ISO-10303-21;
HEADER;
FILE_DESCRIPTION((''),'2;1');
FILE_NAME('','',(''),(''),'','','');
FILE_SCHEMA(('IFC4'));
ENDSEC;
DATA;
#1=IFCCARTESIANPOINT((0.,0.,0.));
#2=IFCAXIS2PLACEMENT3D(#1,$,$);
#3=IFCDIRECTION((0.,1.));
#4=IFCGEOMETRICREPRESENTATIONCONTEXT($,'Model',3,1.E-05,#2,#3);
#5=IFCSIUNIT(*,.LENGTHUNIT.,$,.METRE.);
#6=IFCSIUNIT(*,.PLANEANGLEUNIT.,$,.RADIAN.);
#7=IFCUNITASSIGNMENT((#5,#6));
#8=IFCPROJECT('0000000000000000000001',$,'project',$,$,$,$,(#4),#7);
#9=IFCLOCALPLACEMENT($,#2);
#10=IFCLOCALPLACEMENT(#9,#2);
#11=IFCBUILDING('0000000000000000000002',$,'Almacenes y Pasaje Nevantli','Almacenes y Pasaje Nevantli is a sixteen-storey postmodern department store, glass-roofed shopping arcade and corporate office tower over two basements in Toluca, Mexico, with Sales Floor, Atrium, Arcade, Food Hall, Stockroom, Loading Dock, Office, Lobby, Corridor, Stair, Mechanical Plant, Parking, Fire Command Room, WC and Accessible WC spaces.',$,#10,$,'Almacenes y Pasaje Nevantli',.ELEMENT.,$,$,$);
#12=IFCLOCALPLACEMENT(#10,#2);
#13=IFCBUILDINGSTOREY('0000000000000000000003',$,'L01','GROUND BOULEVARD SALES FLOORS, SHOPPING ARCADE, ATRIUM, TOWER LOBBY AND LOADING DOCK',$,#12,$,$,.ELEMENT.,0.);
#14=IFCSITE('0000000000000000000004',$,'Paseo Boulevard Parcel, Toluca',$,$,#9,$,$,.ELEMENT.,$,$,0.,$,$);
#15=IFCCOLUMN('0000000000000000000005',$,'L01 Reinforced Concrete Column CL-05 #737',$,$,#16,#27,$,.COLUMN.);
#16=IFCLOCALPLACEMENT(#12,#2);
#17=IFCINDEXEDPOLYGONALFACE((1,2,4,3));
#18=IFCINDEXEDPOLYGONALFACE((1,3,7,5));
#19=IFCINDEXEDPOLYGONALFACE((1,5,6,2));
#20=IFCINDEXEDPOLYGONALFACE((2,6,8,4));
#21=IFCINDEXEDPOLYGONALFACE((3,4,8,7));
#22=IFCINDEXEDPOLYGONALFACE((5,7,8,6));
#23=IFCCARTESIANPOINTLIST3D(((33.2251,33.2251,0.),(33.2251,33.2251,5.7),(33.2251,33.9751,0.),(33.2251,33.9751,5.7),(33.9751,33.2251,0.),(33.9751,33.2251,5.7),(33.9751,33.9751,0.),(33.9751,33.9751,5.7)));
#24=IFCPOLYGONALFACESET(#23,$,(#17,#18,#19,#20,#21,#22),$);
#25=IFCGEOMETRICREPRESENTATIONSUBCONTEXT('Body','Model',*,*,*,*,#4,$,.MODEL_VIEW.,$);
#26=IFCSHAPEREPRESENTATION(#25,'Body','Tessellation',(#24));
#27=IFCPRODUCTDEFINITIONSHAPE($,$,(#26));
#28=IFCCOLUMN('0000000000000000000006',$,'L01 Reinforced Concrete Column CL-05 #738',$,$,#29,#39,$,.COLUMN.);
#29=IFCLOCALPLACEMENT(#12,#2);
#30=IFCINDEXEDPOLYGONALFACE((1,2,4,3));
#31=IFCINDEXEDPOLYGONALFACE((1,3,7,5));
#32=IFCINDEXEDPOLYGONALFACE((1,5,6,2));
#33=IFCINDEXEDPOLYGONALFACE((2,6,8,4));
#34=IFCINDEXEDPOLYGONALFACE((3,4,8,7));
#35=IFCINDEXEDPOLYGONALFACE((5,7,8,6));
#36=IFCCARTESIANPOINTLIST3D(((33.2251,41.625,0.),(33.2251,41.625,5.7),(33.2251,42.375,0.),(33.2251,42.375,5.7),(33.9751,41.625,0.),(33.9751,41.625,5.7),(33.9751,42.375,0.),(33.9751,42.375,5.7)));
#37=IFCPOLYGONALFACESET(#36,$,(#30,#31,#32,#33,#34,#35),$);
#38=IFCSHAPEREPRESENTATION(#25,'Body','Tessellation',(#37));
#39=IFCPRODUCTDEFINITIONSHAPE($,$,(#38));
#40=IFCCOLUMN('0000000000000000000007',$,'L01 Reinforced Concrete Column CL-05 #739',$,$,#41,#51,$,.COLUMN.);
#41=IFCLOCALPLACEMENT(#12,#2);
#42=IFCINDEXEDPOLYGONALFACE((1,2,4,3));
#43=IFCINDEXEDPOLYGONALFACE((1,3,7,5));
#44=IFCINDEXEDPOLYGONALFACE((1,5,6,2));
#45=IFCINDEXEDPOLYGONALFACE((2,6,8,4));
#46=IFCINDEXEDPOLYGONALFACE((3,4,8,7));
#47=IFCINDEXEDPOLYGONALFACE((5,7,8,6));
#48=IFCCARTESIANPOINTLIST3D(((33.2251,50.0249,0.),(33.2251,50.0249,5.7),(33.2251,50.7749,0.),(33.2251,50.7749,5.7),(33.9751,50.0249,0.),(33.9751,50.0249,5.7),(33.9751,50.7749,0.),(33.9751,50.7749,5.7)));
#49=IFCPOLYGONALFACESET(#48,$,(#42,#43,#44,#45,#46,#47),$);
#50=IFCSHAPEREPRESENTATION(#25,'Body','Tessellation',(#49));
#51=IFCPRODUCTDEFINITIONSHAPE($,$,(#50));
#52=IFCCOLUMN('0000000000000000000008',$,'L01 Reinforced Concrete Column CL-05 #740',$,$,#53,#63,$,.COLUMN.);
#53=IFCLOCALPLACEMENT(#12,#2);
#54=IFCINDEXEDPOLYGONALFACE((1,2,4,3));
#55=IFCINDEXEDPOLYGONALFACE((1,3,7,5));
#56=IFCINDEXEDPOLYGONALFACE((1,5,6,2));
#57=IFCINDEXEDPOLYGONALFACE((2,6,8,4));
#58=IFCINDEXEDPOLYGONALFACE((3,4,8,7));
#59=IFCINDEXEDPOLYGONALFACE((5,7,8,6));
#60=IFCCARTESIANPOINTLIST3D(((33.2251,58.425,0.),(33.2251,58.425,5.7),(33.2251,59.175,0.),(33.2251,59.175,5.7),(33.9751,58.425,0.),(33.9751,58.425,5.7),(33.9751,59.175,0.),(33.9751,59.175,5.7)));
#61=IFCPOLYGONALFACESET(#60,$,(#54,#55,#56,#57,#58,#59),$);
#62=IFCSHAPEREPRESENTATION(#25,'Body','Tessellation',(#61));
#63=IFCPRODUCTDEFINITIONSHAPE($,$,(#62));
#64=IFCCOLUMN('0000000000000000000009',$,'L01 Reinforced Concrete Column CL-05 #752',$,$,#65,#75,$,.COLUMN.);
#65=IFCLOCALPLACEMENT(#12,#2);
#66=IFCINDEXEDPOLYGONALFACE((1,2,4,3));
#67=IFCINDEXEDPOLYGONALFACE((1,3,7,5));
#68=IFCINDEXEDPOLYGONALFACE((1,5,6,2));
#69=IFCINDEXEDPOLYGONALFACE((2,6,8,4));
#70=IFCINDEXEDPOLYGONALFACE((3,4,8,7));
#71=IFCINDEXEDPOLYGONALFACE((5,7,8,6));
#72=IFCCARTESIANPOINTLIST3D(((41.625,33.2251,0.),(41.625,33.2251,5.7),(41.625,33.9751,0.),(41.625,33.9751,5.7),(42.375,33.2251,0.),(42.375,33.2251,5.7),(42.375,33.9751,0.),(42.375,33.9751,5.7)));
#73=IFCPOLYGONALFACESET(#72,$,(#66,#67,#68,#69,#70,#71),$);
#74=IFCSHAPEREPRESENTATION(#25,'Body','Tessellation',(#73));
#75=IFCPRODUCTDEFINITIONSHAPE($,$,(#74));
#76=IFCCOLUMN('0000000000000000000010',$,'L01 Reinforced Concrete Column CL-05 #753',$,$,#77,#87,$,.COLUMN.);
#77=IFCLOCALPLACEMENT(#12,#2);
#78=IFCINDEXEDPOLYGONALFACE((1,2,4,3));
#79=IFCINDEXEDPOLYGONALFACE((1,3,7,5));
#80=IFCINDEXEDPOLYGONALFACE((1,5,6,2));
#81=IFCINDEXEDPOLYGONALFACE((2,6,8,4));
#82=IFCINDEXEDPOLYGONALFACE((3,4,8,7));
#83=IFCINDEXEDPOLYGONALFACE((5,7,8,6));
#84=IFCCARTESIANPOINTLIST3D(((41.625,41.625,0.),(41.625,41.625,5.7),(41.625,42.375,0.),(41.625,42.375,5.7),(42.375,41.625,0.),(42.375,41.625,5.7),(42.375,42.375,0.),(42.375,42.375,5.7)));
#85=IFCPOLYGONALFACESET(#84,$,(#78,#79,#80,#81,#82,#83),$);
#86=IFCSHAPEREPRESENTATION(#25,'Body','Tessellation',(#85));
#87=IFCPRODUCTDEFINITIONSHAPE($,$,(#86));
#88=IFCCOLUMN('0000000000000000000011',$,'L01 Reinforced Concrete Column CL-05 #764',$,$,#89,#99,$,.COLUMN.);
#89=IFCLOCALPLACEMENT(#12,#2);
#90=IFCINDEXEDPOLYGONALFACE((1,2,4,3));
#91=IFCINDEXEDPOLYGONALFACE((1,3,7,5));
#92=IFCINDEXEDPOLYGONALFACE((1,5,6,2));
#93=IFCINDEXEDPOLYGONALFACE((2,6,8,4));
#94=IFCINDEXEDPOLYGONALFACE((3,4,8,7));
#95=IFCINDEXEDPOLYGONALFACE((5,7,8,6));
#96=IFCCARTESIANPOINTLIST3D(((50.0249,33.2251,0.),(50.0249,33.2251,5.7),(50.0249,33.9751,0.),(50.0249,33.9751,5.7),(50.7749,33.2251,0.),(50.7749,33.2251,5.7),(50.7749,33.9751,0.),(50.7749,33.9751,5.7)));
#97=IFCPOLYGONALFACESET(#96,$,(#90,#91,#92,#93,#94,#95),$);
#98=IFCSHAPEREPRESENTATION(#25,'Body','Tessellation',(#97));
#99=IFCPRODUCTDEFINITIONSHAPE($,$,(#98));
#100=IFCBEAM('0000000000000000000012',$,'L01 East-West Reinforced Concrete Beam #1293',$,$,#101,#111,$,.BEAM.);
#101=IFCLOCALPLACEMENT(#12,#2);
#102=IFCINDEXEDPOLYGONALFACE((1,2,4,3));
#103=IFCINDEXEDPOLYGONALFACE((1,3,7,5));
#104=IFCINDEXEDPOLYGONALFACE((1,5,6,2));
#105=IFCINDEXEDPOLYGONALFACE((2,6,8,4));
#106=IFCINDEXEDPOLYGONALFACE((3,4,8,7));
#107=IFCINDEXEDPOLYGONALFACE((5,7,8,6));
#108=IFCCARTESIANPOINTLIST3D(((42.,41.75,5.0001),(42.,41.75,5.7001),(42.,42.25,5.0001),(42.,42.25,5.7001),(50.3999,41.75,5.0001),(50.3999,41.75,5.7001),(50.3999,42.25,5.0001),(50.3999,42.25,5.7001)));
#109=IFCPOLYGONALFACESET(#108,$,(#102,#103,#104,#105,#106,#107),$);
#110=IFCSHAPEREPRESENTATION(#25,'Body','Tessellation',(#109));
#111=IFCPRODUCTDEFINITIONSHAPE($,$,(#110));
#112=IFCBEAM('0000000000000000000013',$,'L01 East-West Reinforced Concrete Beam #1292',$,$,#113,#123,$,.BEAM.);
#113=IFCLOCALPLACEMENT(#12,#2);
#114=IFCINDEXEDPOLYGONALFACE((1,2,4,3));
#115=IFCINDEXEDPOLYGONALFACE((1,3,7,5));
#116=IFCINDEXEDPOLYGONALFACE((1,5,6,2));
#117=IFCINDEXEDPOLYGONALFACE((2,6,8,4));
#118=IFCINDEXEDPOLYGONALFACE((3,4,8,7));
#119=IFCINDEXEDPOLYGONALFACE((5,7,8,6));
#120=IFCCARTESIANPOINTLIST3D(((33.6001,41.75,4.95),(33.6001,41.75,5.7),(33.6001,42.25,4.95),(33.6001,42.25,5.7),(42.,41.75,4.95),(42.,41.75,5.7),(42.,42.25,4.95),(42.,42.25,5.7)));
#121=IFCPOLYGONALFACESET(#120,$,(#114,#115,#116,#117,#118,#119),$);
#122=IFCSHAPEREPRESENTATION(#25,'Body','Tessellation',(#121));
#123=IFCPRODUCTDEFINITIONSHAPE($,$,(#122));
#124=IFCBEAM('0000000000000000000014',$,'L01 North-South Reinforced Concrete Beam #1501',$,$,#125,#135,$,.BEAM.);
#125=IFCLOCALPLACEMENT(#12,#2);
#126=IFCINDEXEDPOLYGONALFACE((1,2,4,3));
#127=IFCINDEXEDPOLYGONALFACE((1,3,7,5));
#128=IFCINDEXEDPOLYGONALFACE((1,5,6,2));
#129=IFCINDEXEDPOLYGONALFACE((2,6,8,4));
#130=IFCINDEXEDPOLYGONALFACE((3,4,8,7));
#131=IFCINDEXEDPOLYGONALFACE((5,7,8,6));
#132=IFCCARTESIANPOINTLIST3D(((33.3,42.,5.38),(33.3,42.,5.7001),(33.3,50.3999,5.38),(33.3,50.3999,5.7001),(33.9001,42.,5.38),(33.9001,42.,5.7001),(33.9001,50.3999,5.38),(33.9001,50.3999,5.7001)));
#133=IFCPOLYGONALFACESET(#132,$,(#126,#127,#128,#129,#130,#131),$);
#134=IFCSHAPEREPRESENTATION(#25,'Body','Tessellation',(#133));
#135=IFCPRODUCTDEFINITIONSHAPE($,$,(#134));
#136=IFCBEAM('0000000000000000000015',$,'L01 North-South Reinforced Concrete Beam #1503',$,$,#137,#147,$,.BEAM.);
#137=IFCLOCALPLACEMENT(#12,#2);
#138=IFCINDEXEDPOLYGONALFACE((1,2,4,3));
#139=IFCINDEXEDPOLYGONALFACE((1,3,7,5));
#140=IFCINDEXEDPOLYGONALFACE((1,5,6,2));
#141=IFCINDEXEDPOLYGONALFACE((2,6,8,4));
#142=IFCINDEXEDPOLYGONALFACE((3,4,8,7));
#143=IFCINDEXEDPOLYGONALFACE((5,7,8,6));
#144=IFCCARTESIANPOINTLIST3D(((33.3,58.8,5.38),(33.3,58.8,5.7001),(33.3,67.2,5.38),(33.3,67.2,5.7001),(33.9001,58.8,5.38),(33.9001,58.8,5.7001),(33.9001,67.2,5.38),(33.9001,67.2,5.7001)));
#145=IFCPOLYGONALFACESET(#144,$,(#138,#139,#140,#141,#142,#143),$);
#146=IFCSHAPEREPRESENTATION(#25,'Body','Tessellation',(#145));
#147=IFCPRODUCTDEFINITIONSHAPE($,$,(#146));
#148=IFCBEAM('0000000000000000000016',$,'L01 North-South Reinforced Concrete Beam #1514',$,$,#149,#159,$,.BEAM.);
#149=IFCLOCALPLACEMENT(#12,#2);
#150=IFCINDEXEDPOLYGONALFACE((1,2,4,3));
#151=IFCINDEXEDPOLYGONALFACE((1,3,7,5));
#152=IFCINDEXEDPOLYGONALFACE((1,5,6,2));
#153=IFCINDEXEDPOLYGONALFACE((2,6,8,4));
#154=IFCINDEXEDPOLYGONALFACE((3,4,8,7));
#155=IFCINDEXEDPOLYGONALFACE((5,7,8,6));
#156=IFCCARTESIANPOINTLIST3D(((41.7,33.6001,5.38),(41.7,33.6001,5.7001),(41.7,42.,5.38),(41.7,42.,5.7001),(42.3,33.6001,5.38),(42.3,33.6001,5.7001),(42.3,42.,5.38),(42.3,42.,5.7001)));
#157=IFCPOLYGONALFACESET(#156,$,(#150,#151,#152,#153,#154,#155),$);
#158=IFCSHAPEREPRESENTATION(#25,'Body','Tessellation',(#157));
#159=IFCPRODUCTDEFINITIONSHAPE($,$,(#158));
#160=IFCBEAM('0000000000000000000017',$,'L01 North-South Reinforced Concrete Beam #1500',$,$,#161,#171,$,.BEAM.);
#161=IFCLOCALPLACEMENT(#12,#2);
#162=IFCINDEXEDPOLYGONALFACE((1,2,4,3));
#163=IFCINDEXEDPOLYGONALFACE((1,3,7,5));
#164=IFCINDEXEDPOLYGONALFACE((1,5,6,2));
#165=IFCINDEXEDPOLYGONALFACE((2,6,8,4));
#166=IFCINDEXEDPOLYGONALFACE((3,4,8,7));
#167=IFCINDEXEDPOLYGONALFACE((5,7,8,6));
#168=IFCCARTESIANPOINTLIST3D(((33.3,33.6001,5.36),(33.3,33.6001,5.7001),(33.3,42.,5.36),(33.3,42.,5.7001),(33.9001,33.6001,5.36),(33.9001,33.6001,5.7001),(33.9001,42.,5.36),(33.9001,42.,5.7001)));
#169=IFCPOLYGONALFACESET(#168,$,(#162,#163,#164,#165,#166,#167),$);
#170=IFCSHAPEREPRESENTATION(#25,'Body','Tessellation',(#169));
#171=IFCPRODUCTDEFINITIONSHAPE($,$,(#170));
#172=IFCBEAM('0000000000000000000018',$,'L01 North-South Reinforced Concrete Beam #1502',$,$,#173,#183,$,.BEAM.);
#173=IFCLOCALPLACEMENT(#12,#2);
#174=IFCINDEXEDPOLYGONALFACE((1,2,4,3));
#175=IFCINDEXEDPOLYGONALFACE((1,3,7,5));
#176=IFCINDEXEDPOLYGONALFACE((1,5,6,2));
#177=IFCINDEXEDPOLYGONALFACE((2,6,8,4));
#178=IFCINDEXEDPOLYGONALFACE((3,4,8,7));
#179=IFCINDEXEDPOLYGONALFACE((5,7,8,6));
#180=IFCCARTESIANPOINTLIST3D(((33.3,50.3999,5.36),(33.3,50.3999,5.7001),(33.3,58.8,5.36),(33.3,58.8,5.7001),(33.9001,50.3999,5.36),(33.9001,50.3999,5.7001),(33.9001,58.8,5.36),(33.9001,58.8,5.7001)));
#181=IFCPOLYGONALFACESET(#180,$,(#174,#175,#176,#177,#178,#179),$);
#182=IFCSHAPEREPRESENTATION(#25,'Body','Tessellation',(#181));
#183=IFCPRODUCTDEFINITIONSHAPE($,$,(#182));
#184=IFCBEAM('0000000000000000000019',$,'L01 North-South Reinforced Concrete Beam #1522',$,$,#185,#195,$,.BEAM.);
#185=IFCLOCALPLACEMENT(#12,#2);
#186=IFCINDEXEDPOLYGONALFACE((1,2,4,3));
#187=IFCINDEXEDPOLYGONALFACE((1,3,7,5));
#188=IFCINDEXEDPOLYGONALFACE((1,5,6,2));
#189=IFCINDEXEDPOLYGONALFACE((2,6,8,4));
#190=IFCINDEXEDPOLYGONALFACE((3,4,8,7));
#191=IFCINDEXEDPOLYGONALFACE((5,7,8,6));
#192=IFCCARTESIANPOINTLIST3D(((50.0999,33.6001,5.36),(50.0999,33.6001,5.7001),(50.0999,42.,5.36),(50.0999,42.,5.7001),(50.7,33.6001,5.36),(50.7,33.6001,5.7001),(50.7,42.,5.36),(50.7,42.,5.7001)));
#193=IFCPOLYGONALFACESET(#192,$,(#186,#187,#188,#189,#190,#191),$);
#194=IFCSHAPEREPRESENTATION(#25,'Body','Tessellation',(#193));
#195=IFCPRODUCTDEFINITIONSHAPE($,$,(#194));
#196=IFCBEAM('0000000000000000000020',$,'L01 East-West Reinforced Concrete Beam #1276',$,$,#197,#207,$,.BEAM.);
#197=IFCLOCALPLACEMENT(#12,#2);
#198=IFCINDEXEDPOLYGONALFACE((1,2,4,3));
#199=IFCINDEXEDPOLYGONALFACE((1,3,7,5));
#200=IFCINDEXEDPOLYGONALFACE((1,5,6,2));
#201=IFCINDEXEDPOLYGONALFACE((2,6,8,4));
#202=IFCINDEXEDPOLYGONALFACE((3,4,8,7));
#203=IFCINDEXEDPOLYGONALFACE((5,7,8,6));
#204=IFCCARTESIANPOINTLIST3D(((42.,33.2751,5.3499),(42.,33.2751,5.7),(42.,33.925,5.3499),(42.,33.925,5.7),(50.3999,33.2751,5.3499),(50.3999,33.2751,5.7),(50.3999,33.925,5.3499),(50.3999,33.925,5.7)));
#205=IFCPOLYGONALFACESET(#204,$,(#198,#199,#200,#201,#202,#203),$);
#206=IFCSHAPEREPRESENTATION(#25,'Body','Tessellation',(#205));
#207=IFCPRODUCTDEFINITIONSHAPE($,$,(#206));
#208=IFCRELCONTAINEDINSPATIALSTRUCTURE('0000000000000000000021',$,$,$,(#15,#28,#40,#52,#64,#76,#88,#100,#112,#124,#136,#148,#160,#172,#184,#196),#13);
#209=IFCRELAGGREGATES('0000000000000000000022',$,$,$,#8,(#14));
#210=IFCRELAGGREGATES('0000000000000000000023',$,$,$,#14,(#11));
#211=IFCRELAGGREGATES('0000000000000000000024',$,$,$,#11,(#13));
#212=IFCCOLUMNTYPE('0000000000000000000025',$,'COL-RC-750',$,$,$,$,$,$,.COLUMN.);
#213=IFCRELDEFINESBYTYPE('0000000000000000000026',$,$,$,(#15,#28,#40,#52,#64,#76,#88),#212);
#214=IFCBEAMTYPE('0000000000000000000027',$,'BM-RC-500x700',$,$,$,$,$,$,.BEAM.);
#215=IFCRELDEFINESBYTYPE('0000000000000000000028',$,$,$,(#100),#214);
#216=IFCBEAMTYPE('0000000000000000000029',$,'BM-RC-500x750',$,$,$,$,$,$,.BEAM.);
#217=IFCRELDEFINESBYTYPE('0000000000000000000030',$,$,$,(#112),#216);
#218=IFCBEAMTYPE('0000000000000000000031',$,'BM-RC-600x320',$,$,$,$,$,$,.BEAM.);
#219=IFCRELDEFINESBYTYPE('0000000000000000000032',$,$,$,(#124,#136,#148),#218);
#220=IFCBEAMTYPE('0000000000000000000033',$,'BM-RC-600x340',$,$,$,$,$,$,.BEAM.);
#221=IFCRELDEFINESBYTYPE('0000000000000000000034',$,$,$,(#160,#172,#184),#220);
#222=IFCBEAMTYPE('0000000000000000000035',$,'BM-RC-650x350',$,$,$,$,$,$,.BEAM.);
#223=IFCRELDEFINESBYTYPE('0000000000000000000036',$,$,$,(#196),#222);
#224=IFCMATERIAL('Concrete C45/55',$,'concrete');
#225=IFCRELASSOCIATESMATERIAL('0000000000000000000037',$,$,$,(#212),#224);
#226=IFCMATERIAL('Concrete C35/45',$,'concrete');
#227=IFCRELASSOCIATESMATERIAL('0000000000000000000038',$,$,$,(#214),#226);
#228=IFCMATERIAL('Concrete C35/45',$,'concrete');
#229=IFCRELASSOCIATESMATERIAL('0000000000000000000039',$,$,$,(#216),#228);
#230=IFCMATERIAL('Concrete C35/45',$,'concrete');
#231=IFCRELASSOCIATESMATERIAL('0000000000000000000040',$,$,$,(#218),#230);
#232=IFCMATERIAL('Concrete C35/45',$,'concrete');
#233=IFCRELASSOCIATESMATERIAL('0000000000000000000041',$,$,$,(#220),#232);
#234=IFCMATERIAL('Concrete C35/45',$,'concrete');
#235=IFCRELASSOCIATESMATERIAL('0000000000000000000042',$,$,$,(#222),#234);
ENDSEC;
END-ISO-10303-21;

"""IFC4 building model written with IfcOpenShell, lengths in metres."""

from ifc_helpers import new_model, si_unit, direction, frame, origin, origin_2d, place, context, subcontext, project, spatial, rectangle, extrude, material, material_profile, profile_set, type_object, element, save


model = new_model("IFC4")

# Units and contexts
model_context = context("Model", 3, precision=1e-05, world=origin(), true_north=direction((0.0, 1.0)))
body_context = subcontext(model_context, "Body", "Model", "MODEL_VIEW")
ifc_project = project(units=[si_unit("LENGTHUNIT", "METRE"), si_unit("PLANEANGLEUNIT", "RADIAN")], contexts=[model_context])

# Site, building, storey
site_placement = place(None, origin())
site = spatial("IfcSite", under=ifc_project, at=site_placement, Name="Paseo Boulevard Parcel, Toluca", CompositionType="ELEMENT", RefElevation=0.0)
building_placement = place(site_placement, origin())
building = spatial("IfcBuilding", under=site, at=building_placement, Name="Almacenes y Pasaje Nevantli", Description="Almacenes y Pasaje Nevantli is a sixteen-storey postmodern department store, glass-roofed shopping arcade and corporate office tower over two basements in Toluca, Mexico, with Sales Floor, Atrium, Arcade, Food Hall, Stockroom, Loading Dock, Office, Lobby, Corridor, Stair, Mechanical Plant, Parking, Fire Command Room, WC and Accessible WC spaces.", LongName="Almacenes y Pasaje Nevantli", CompositionType="ELEMENT")
storey_placement = place(building_placement, origin())
storey = spatial("IfcBuildingStorey", under=building, at=storey_placement, Name="L01", Description="GROUND BOULEVARD SALES FLOORS, SHOPPING ARCADE, ATRIUM, TOWER LOBBY AND LOADING DOCK", CompositionType="ELEMENT", Elevation=0.0)

# Columns
ifc_material_1 = material(Name="Concrete C45/55", Category="concrete")
ifc_material_profile_1 = material_profile(ifc_material_1, rectangle(XDim=0.75, YDim=0.75, at=origin_2d()), Name="RC-COL-750x750")
ifc_profile_set_1 = profile_set([ifc_material_profile_1], Name="Concrete C45/55")
column_type = type_object("IfcColumnType", Name="COL-RC-750", PredefinedType="COLUMN", material=ifc_profile_set_1)
for number, where, z_axis, x_axis, name in (
    (1, (33.6001, 33.6001, 0.0), (0.0, 0.0, 1.0), (1.0, 0.0, 0.0), "L01 Reinforced Concrete Column CL-05 #737"),
    (2, (33.6001, 42.0, 0.0), (0.0, 0.0, 1.0), (1.0, 0.0, 0.0), "L01 Reinforced Concrete Column CL-05 #738"),
    (3, (33.6001, 50.3999, 0.0), (0.0, 0.0, 1.0), (1.0, 0.0, 0.0), "L01 Reinforced Concrete Column CL-05 #739"),
    (4, (33.6001, 58.8, 0.0), (0.0, 0.0, 1.0), (1.0, 0.0, 0.0), "L01 Reinforced Concrete Column CL-05 #740"),
    (5, (42.0, 33.6001, 0.0), (0.0, 0.0, 1.0), (1.0, 0.0, 0.0), "L01 Reinforced Concrete Column CL-05 #752"),
    (6, (42.0, 42.0, 0.0), (0.0, 0.0, 1.0), (1.0, 0.0, 0.0), "L01 Reinforced Concrete Column CL-05 #753"),
    (7, (50.3999, 33.6001, 0.0), (0.0, 0.0, 1.0), (1.0, 0.0, 0.0), "L01 Reinforced Concrete Column CL-05 #764"),
):
    element("IfcColumn", number, at=place(storey_placement, frame(where, z_axis=z_axis, x_axis=x_axis)), inside=storey, type_object=column_type, Name=name, PredefinedType="COLUMN", context=body_context, shape_type="SweptSolid", body=[
        extrude(rectangle(XDim=0.75, YDim=0.75, at=origin_2d()), origin(), (0.0, 0.0, 1.0), 5.7),
    ])

# Beams
ifc_material_2 = material(Name="Concrete C35/45", Category="concrete")
ifc_material_profile_2 = material_profile(ifc_material_2, rectangle(XDim=0.5, YDim=0.7, at=origin_2d()), Name="RC-BM-500x700")
ifc_profile_set_2 = profile_set([ifc_material_profile_2], Name="Concrete C35/45")
beam_type_1 = type_object("IfcBeamType", Name="BM-RC-500x700", PredefinedType="BEAM", material=ifc_profile_set_2)
beam_1_placement = place(storey_placement, frame((42.0, 42.0, 5.3501), z_axis=(1.0, 0.0, 0.0), x_axis=(0.0, 1.0, 0.0)))
element("IfcBeam", 8, at=beam_1_placement, inside=storey, type_object=beam_type_1, Name="L01 East-West Reinforced Concrete Beam #1293", PredefinedType="BEAM", context=body_context, shape_type="SweptSolid", body=[
    extrude(rectangle(XDim=0.5, YDim=0.7, at=origin_2d()), origin(), (0.0, 0.0, 1.0), 8.3999),
])
ifc_material_3 = material(Name="Concrete C35/45", Category="concrete")
ifc_material_profile_3 = material_profile(ifc_material_3, rectangle(XDim=0.5, YDim=0.75, at=origin_2d()), Name="RC-BM-500x750")
ifc_profile_set_3 = profile_set([ifc_material_profile_3], Name="Concrete C35/45")
beam_type_2 = type_object("IfcBeamType", Name="BM-RC-500x750", PredefinedType="BEAM", material=ifc_profile_set_3)
beam_2_placement = place(storey_placement, frame((33.6001, 42.0, 5.325), z_axis=(1.0, 0.0, 0.0), x_axis=(0.0, 1.0, 0.0)))
element("IfcBeam", 9, at=beam_2_placement, inside=storey, type_object=beam_type_2, Name="L01 East-West Reinforced Concrete Beam #1292", PredefinedType="BEAM", context=body_context, shape_type="SweptSolid", body=[
    extrude(rectangle(XDim=0.5, YDim=0.75, at=origin_2d()), origin(), (0.0, 0.0, 1.0), 8.3999),
])
ifc_material_4 = material(Name="Concrete C35/45", Category="concrete")
ifc_material_profile_4 = material_profile(ifc_material_4, rectangle(XDim=0.6001, YDim=0.3201, at=origin_2d()), Name="RC-BM-600x320")
ifc_profile_set_4 = profile_set([ifc_material_profile_4], Name="Concrete C35/45")
beam_type_3 = type_object("IfcBeamType", Name="BM-RC-600x320", PredefinedType="BEAM", material=ifc_profile_set_4)
for number, where, z_axis, x_axis, name in (
    (10, (33.6001, 42.0, 5.54), (0.0, 1.0, 0.0), (-1.0, 0.0, 0.0), "L01 North-South Reinforced Concrete Beam #1501"),
    (11, (33.6001, 58.8, 5.54), (0.0, 1.0, 0.0), (-1.0, 0.0, 0.0), "L01 North-South Reinforced Concrete Beam #1503"),
    (12, (42.0, 33.6001, 5.54), (0.0, 1.0, 0.0), (-1.0, 0.0, 0.0), "L01 North-South Reinforced Concrete Beam #1514"),
):
    element("IfcBeam", number, at=place(storey_placement, frame(where, z_axis=z_axis, x_axis=x_axis)), inside=storey, type_object=beam_type_3, Name=name, PredefinedType="BEAM", context=body_context, shape_type="SweptSolid", body=[
        extrude(rectangle(XDim=0.6001, YDim=0.3201, at=origin_2d()), origin(), (0.0, 0.0, 1.0), 8.3999),
    ])
ifc_material_5 = material(Name="Concrete C35/45", Category="concrete")
ifc_material_profile_5 = material_profile(ifc_material_5, rectangle(XDim=0.6001, YDim=0.3401, at=origin_2d()), Name="RC-BM-600x340")
ifc_profile_set_5 = profile_set([ifc_material_profile_5], Name="Concrete C35/45")
beam_type_4 = type_object("IfcBeamType", Name="BM-RC-600x340", PredefinedType="BEAM", material=ifc_profile_set_5)
beam_3_placement = place(storey_placement, frame((33.6001, 33.6001, 5.53), z_axis=(0.0, 1.0, 0.0), x_axis=(-1.0, 0.0, 0.0)))
element("IfcBeam", 13, at=beam_3_placement, inside=storey, type_object=beam_type_4, Name="L01 North-South Reinforced Concrete Beam #1500", PredefinedType="BEAM", context=body_context, shape_type="SweptSolid", body=[
    extrude(rectangle(XDim=0.6001, YDim=0.3401, at=origin_2d()), origin(), (0.0, 0.0, 1.0), 8.3999),
])
beam_4_placement = place(storey_placement, frame((33.6001, 50.3999, 5.53), z_axis=(0.0, 1.0, 0.0), x_axis=(-1.0, 0.0, 0.0)))
element("IfcBeam", 14, at=beam_4_placement, inside=storey, type_object=beam_type_4, Name="L01 North-South Reinforced Concrete Beam #1502", PredefinedType="BEAM", context=body_context, shape_type="SweptSolid", body=[
    extrude(rectangle(XDim=0.6001, YDim=0.3401, at=origin_2d()), origin(), (0.0, 0.0, 1.0), 8.4001),
])
beam_5_placement = place(storey_placement, frame((50.3999, 33.6001, 5.53), z_axis=(0.0, 1.0, 0.0), x_axis=(-1.0, 0.0, 0.0)))
element("IfcBeam", 15, at=beam_5_placement, inside=storey, type_object=beam_type_4, Name="L01 North-South Reinforced Concrete Beam #1522", PredefinedType="BEAM", context=body_context, shape_type="SweptSolid", body=[
    extrude(rectangle(XDim=0.6001, YDim=0.3401, at=origin_2d()), origin(), (0.0, 0.0, 1.0), 8.3999),
])
ifc_material_6 = material(Name="Concrete C35/45", Category="concrete")
ifc_material_profile_6 = material_profile(ifc_material_6, rectangle(XDim=0.6499, YDim=0.3501, at=origin_2d()), Name="RC-BM-650x350")
ifc_profile_set_6 = profile_set([ifc_material_profile_6], Name="Concrete C35/45")
beam_type_5 = type_object("IfcBeamType", Name="BM-RC-650x350", PredefinedType="BEAM", material=ifc_profile_set_6)
beam_6_placement = place(storey_placement, frame((42.0, 33.6001, 5.5249), z_axis=(1.0, 0.0, 0.0), x_axis=(0.0, 1.0, 0.0)))
element("IfcBeam", 16, at=beam_6_placement, inside=storey, type_object=beam_type_5, Name="L01 East-West Reinforced Concrete Beam #1276", PredefinedType="BEAM", context=body_context, shape_type="SweptSolid", body=[
    extrude(rectangle(XDim=0.6499, YDim=0.3501, at=origin_2d()), origin(), (0.0, 0.0, 1.0), 8.3999),
])

save(model, "model.ifc")
